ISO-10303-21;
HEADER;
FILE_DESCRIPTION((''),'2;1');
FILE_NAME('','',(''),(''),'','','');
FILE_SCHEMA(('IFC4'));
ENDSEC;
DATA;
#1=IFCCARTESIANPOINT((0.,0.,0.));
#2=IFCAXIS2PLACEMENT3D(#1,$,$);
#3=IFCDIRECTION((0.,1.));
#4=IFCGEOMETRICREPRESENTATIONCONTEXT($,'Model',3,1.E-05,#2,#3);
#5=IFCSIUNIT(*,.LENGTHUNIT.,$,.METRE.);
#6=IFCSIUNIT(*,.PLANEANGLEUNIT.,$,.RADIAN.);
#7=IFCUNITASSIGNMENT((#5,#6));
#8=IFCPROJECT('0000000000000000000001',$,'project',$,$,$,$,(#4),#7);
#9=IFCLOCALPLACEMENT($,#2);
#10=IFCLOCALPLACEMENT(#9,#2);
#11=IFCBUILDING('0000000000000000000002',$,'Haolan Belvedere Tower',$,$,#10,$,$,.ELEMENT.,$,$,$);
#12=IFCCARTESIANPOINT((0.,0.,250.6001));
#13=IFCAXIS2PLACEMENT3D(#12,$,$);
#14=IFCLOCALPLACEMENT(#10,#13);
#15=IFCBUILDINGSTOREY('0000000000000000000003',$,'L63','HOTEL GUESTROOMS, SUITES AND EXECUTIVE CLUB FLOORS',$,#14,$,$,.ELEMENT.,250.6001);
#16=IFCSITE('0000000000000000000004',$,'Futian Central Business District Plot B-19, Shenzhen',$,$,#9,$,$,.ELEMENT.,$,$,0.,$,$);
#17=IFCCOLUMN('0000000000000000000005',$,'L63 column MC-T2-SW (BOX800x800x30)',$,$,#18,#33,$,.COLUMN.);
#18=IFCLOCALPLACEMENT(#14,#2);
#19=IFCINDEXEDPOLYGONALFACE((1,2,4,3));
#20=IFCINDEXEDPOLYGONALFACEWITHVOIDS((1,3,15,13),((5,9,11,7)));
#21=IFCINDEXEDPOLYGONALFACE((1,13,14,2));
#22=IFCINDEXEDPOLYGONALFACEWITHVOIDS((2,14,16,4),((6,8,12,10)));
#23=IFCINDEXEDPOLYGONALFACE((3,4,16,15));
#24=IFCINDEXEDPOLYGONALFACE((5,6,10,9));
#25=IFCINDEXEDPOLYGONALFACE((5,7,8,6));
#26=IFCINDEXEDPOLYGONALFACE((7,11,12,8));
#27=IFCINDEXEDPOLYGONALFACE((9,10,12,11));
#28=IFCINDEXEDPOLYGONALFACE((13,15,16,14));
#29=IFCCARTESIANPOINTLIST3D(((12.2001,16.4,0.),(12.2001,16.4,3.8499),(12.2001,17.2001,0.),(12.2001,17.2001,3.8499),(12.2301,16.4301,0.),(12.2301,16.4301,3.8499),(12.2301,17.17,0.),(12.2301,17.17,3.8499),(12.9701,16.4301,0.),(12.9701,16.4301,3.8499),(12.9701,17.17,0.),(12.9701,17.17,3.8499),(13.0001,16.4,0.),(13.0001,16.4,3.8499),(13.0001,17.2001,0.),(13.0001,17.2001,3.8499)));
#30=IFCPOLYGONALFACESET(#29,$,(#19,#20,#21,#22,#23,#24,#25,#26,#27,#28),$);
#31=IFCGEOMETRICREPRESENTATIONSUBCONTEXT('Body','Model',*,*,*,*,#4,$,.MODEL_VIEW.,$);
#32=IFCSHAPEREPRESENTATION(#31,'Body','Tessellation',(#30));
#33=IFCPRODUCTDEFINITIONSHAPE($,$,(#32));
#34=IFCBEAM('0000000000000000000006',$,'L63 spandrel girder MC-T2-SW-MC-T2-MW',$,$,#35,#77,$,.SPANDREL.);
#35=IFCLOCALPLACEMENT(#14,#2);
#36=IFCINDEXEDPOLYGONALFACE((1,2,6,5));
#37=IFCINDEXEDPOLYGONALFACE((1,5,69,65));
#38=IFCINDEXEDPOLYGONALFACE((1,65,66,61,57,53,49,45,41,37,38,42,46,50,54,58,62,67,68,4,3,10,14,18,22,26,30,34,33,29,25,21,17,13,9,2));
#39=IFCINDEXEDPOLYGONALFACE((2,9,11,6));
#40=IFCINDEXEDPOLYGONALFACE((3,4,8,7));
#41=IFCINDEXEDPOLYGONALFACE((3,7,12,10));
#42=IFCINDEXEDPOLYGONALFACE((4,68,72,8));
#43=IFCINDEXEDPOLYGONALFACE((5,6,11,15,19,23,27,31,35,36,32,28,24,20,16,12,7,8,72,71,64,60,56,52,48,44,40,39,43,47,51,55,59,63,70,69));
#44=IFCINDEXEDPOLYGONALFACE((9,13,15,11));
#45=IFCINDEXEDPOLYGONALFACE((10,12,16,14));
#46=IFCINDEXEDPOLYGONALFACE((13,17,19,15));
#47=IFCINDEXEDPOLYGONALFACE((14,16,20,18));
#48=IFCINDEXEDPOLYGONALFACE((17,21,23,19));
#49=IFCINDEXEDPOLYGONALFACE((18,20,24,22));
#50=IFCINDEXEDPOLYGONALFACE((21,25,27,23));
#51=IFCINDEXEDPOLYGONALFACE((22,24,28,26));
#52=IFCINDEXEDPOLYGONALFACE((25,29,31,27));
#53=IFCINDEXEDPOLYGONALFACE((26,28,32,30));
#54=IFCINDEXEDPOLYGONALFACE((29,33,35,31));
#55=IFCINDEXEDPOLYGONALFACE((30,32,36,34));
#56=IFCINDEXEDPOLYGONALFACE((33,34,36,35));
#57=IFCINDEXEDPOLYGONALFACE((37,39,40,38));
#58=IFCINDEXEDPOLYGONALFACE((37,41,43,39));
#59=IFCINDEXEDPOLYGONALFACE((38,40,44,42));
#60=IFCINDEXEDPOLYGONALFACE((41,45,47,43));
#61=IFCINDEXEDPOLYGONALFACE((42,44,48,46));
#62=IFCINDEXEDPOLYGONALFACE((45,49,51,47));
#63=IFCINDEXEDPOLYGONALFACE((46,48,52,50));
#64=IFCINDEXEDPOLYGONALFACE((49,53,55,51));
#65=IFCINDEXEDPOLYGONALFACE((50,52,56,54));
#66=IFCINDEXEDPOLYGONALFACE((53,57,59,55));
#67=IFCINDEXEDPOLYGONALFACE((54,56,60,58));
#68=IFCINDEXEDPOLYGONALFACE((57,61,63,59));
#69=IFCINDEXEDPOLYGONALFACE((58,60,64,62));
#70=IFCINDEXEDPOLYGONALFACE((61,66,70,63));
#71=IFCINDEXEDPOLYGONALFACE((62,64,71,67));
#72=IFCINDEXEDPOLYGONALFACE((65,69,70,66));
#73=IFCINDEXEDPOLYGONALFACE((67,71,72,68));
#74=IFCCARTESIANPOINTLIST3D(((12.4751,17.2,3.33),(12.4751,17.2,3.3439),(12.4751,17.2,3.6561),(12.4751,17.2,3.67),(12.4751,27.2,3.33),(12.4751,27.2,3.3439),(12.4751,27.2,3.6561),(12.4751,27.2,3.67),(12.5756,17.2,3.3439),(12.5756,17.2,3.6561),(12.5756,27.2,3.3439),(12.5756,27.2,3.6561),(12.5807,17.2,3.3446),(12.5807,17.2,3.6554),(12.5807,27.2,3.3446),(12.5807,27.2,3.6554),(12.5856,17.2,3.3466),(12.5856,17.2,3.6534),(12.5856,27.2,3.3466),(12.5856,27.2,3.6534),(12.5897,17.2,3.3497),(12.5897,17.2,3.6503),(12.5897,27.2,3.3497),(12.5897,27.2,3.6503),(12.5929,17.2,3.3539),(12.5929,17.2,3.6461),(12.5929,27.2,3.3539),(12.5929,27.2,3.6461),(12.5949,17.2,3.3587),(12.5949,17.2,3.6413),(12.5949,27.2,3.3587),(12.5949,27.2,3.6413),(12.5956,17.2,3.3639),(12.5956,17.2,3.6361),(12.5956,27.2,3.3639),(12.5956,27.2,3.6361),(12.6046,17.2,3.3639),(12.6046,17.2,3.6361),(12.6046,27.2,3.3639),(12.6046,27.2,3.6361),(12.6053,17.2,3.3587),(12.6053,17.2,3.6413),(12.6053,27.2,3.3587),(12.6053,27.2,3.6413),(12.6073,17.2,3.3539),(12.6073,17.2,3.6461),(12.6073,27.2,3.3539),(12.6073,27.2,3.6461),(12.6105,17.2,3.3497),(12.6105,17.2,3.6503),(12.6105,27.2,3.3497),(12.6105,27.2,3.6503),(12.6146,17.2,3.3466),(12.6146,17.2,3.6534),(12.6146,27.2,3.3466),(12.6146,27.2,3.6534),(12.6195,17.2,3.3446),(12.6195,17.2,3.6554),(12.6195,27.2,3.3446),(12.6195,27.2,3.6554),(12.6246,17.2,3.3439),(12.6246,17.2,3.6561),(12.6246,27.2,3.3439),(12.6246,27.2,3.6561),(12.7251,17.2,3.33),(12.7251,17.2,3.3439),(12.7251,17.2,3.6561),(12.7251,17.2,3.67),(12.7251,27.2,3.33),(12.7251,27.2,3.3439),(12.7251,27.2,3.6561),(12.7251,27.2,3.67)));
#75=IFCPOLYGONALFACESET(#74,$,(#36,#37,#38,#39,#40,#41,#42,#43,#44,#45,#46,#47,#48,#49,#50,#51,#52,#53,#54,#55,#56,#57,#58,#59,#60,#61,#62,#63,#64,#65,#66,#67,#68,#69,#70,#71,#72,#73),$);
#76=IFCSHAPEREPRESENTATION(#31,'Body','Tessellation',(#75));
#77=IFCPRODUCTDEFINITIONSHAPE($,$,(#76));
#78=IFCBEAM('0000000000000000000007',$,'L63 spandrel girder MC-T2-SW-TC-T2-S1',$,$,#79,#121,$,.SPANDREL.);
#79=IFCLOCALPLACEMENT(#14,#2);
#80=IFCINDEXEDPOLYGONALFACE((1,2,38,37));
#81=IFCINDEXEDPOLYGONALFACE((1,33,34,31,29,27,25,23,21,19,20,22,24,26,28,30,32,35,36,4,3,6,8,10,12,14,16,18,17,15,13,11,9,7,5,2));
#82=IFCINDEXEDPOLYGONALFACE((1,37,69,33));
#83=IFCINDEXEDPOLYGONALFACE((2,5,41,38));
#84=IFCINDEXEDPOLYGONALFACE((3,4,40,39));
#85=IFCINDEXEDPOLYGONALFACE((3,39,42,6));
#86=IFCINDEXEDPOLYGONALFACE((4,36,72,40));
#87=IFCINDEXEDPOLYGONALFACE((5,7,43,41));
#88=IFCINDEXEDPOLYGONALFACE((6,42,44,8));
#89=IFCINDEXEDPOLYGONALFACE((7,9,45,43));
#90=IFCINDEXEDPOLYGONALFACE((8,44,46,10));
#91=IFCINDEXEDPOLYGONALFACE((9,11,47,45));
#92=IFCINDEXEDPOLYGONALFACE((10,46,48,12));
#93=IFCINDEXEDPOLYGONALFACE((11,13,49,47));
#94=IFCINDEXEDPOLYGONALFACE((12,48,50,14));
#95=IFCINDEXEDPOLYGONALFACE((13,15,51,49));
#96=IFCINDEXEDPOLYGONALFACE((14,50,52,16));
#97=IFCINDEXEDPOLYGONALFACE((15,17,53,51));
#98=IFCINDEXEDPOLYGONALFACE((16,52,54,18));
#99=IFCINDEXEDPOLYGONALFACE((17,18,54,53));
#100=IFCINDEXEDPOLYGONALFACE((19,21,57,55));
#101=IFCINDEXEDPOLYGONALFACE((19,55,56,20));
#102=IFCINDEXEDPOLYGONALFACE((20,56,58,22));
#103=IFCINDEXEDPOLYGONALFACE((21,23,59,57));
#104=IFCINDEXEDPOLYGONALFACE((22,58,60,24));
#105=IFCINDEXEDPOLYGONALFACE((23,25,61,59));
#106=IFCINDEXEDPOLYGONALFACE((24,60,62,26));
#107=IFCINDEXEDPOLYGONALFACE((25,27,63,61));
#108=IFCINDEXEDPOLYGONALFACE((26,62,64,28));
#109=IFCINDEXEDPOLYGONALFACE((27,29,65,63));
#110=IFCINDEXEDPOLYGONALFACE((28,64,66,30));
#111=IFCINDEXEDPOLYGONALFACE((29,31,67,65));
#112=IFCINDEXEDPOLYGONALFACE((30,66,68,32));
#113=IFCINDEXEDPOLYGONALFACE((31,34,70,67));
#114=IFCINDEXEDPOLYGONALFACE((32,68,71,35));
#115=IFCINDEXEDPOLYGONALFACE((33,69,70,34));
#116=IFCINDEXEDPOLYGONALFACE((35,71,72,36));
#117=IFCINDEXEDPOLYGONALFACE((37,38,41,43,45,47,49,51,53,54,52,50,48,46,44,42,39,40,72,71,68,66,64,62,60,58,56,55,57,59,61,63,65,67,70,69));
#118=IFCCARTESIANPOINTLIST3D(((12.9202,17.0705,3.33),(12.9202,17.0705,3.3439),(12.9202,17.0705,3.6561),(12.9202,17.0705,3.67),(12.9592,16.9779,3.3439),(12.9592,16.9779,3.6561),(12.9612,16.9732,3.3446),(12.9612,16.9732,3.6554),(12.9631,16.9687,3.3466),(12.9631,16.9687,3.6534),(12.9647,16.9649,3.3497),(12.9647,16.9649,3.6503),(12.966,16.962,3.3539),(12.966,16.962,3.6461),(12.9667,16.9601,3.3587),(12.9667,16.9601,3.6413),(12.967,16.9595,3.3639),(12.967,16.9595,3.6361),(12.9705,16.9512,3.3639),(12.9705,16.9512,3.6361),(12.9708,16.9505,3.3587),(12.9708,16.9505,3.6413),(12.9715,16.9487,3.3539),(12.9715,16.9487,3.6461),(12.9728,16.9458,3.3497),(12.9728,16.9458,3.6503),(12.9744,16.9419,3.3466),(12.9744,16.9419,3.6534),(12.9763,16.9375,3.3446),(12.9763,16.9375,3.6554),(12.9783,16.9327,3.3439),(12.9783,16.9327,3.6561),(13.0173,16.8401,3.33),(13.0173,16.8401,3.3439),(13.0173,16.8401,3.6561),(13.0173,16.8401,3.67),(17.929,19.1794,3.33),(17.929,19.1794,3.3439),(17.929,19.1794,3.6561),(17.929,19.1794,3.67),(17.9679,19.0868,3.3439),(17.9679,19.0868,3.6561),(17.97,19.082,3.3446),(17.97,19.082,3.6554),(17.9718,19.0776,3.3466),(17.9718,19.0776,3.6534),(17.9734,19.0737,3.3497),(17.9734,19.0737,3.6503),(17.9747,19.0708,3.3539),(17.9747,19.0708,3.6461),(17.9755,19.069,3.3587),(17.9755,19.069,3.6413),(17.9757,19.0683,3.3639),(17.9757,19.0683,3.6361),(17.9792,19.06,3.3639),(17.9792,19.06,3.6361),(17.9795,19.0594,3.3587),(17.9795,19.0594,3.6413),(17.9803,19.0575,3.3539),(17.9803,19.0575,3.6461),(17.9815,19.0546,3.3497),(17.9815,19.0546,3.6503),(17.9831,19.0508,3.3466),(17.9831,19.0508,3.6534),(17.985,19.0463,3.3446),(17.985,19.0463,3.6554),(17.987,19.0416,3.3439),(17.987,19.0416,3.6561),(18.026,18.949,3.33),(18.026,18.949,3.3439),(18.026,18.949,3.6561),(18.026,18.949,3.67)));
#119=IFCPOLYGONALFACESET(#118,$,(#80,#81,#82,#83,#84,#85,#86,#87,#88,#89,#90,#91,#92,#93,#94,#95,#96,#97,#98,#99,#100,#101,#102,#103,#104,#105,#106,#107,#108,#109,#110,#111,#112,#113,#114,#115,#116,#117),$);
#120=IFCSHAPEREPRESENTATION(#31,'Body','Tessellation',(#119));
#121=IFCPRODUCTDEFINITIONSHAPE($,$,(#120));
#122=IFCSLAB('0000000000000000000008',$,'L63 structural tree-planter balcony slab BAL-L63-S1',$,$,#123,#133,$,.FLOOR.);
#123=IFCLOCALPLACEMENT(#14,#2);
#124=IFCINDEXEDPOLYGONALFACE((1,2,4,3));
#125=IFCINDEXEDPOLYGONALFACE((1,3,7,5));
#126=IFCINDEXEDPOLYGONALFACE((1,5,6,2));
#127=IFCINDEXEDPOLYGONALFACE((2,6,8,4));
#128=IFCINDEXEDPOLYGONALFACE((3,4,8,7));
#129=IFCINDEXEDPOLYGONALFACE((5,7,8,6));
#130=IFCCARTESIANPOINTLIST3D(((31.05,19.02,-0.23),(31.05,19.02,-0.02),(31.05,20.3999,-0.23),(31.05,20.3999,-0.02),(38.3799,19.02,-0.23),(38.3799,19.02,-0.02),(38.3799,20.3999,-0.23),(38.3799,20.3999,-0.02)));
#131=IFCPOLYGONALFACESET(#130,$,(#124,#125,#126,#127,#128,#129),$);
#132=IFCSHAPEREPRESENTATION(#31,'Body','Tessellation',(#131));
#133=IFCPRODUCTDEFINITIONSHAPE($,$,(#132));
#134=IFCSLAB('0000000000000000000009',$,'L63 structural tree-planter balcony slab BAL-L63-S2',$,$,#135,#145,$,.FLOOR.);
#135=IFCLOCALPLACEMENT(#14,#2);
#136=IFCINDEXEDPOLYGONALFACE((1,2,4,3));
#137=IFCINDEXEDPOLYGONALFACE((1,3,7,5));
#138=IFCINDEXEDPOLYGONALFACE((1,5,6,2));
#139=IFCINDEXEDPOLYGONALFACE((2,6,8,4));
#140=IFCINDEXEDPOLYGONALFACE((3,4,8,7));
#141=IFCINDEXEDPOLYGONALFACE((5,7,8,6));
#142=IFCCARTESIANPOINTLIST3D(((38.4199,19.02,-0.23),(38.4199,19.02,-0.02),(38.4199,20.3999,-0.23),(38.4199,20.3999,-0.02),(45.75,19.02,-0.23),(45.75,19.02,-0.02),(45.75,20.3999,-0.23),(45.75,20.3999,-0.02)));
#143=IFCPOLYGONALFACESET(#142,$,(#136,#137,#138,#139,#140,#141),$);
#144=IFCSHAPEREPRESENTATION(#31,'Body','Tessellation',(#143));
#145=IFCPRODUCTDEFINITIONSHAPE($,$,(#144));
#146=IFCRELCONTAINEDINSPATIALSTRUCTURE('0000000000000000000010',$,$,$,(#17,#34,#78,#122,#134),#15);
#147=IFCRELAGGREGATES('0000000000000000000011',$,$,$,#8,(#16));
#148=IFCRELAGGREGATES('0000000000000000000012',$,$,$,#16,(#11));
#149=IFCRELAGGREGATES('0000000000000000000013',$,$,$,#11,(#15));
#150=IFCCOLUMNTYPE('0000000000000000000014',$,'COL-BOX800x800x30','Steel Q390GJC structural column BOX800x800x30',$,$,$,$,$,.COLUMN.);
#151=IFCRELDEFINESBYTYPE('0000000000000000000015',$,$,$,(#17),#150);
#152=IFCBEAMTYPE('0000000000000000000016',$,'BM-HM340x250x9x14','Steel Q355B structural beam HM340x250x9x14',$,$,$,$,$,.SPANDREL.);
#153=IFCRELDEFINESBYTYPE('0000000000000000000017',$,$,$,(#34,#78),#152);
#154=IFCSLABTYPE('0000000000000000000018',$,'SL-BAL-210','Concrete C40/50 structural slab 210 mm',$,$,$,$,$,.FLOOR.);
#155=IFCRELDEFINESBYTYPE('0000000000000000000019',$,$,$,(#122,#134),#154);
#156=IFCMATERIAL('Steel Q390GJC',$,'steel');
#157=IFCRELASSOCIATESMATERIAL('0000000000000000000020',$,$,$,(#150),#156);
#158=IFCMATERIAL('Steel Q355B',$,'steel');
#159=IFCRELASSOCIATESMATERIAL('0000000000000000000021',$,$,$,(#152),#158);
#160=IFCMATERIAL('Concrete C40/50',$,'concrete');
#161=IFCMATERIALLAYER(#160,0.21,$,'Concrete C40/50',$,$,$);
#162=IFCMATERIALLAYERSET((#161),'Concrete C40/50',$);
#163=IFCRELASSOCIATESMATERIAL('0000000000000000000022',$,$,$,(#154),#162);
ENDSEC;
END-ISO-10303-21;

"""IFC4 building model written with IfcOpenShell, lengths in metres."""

from ifc_helpers import new_model, si_unit, direction, frame, origin, origin_2d, place, context, subcontext, project, spatial, polyline, hollow_rectangle, i_section, outline, extrude, material, layer, layer_set, material_profile, profile_set, type_object, element, save


model = new_model("IFC4")

# Units and contexts
model_context = context("Model", 3, precision=1e-05, world=origin(), true_north=direction((0.0, 1.0)))
body_context = subcontext(model_context, "Body", "Model", "MODEL_VIEW")
ifc_project = project(units=[si_unit("LENGTHUNIT", "METRE"), si_unit("PLANEANGLEUNIT", "RADIAN")], contexts=[model_context])

# Site, building, storey
site_placement = place(None, origin())
site = spatial("IfcSite", under=ifc_project, at=site_placement, Name="Futian Central Business District Plot B-19, Shenzhen", CompositionType="ELEMENT", RefElevation=0.0)
building_placement = place(site_placement, origin())
building = spatial("IfcBuilding", under=site, at=building_placement, Name="Haolan Belvedere Tower", CompositionType="ELEMENT")
storey_placement = place(building_placement, frame((0.0, 0.0, 250.6001)))
storey = spatial("IfcBuildingStorey", under=building, at=storey_placement, Name="L63", Description="HOTEL GUESTROOMS, SUITES AND EXECUTIVE CLUB FLOORS", CompositionType="ELEMENT", Elevation=250.6001)

# Column
ifc_material_1 = material(Name="Steel Q390GJC", Category="steel")
ifc_material_profile_1 = material_profile(ifc_material_1, hollow_rectangle(XDim=0.8, YDim=0.8, WallThickness=0.03, at=origin_2d()), Name="Steel Q390GJC")
ifc_profile_set_1 = profile_set([ifc_material_profile_1], Name="Steel Q390GJC")
column_type = type_object("IfcColumnType", Name="COL-BOX800x800x30", Description="Steel Q390GJC structural column BOX800x800x30", PredefinedType="COLUMN", material=ifc_profile_set_1)
column_placement = place(storey_placement, frame((12.6001, 16.8, 0.0), z_axis=(0.0, 0.0, 1.0), x_axis=(1.0, 0.0, 0.0)))
element("IfcColumn", 1, at=column_placement, inside=storey, type_object=column_type, Name="L63 column MC-T2-SW (BOX800x800x30)", PredefinedType="COLUMN", context=body_context, shape_type="SweptSolid", body=[
    extrude(hollow_rectangle(XDim=0.8, YDim=0.8, WallThickness=0.03, at=origin_2d()), origin(), (0.0, 0.0, 1.0), 3.8499),
])

# Beams
ifc_material_2 = material(Name="Steel Q355B", Category="steel")
ifc_material_profile_2 = material_profile(ifc_material_2, i_section(OverallWidth=0.25, OverallDepth=0.3401, WebThickness=0.009, FlangeThickness=0.0139, FilletRadius=0.02, at=origin_2d()), Name="Steel Q355B")
ifc_profile_set_2 = profile_set([ifc_material_profile_2], Name="Steel Q355B")
beam_type = type_object("IfcBeamType", Name="BM-HM340x250x9x14", Description="Steel Q355B structural beam HM340x250x9x14", PredefinedType="SPANDREL", material=ifc_profile_set_2)
beam_1_placement = place(storey_placement, frame((12.6001, 17.2, 3.5), z_axis=(0.0, 1.0, 0.0), x_axis=(-1.0, 0.0, 0.0)))
element("IfcBeam", 2, at=beam_1_placement, inside=storey, type_object=beam_type, Name="L63 spandrel girder MC-T2-SW-MC-T2-MW", PredefinedType="SPANDREL", context=body_context, shape_type="SweptSolid", body=[
    extrude(i_section(OverallWidth=0.25, OverallDepth=0.3401, WebThickness=0.009, FlangeThickness=0.0139, FilletRadius=0.02, at=origin_2d()), origin(), (0.0, 0.0, 1.0), 10.0),
])
beam_2_placement = place(storey_placement, frame((12.9688, 16.9553, 3.5), z_axis=(0.92164, 0.388045, 0.0), x_axis=(-0.388045, 0.92164, 0.0)))
element("IfcBeam", 3, at=beam_2_placement, inside=storey, type_object=beam_type, Name="L63 spandrel girder MC-T2-SW-TC-T2-S1", PredefinedType="SPANDREL", context=body_context, shape_type="SweptSolid", body=[
    extrude(i_section(OverallWidth=0.25, OverallDepth=0.3401, WebThickness=0.009, FlangeThickness=0.0139, FilletRadius=0.02, at=origin_2d()), origin(), (0.0, 0.0, 1.0), 5.4346),
])

# Slabs
ifc_material_3 = material(Name="Concrete C40/50", Category="concrete")
ifc_layer_1 = layer(ifc_material_3, 0.21, Name="Concrete C40/50")
ifc_layer_set_1 = layer_set([ifc_layer_1], Name="Concrete C40/50")
slab_type_1 = type_object("IfcSlabType", Name="SL-BAL-210", Description="Concrete C40/50 structural slab 210 mm", PredefinedType="FLOOR", material=ifc_layer_set_1)
slab_1_placement = place(storey_placement, frame((0.0, 0.0, -0.23)))
element("IfcSlab", 4, at=slab_1_placement, inside=storey, type_object=slab_type_1, Name="L63 structural tree-planter balcony slab BAL-L63-S1", PredefinedType="FLOOR", context=body_context, shape_type="SweptSolid", body=[
    extrude(outline(polyline([(31.05, 19.02), (38.3799, 19.02), (38.3799, 20.3999), (31.05, 20.3999), (31.05, 19.02)])), origin(), (0.0, 0.0, 1.0), 0.21),
])
slab_2_placement = place(storey_placement, frame((0.0, 0.0, -0.23)))
element("IfcSlab", 5, at=slab_2_placement, inside=storey, type_object=slab_type_1, Name="L63 structural tree-planter balcony slab BAL-L63-S2", PredefinedType="FLOOR", context=body_context, shape_type="SweptSolid", body=[
    extrude(outline(polyline([(38.4199, 19.02), (45.75, 19.02), (45.75, 20.3999), (38.4199, 20.3999), (38.4199, 19.02)])), origin(), (0.0, 0.0, 1.0), 0.21),
])

save(model, "model.ifc")
